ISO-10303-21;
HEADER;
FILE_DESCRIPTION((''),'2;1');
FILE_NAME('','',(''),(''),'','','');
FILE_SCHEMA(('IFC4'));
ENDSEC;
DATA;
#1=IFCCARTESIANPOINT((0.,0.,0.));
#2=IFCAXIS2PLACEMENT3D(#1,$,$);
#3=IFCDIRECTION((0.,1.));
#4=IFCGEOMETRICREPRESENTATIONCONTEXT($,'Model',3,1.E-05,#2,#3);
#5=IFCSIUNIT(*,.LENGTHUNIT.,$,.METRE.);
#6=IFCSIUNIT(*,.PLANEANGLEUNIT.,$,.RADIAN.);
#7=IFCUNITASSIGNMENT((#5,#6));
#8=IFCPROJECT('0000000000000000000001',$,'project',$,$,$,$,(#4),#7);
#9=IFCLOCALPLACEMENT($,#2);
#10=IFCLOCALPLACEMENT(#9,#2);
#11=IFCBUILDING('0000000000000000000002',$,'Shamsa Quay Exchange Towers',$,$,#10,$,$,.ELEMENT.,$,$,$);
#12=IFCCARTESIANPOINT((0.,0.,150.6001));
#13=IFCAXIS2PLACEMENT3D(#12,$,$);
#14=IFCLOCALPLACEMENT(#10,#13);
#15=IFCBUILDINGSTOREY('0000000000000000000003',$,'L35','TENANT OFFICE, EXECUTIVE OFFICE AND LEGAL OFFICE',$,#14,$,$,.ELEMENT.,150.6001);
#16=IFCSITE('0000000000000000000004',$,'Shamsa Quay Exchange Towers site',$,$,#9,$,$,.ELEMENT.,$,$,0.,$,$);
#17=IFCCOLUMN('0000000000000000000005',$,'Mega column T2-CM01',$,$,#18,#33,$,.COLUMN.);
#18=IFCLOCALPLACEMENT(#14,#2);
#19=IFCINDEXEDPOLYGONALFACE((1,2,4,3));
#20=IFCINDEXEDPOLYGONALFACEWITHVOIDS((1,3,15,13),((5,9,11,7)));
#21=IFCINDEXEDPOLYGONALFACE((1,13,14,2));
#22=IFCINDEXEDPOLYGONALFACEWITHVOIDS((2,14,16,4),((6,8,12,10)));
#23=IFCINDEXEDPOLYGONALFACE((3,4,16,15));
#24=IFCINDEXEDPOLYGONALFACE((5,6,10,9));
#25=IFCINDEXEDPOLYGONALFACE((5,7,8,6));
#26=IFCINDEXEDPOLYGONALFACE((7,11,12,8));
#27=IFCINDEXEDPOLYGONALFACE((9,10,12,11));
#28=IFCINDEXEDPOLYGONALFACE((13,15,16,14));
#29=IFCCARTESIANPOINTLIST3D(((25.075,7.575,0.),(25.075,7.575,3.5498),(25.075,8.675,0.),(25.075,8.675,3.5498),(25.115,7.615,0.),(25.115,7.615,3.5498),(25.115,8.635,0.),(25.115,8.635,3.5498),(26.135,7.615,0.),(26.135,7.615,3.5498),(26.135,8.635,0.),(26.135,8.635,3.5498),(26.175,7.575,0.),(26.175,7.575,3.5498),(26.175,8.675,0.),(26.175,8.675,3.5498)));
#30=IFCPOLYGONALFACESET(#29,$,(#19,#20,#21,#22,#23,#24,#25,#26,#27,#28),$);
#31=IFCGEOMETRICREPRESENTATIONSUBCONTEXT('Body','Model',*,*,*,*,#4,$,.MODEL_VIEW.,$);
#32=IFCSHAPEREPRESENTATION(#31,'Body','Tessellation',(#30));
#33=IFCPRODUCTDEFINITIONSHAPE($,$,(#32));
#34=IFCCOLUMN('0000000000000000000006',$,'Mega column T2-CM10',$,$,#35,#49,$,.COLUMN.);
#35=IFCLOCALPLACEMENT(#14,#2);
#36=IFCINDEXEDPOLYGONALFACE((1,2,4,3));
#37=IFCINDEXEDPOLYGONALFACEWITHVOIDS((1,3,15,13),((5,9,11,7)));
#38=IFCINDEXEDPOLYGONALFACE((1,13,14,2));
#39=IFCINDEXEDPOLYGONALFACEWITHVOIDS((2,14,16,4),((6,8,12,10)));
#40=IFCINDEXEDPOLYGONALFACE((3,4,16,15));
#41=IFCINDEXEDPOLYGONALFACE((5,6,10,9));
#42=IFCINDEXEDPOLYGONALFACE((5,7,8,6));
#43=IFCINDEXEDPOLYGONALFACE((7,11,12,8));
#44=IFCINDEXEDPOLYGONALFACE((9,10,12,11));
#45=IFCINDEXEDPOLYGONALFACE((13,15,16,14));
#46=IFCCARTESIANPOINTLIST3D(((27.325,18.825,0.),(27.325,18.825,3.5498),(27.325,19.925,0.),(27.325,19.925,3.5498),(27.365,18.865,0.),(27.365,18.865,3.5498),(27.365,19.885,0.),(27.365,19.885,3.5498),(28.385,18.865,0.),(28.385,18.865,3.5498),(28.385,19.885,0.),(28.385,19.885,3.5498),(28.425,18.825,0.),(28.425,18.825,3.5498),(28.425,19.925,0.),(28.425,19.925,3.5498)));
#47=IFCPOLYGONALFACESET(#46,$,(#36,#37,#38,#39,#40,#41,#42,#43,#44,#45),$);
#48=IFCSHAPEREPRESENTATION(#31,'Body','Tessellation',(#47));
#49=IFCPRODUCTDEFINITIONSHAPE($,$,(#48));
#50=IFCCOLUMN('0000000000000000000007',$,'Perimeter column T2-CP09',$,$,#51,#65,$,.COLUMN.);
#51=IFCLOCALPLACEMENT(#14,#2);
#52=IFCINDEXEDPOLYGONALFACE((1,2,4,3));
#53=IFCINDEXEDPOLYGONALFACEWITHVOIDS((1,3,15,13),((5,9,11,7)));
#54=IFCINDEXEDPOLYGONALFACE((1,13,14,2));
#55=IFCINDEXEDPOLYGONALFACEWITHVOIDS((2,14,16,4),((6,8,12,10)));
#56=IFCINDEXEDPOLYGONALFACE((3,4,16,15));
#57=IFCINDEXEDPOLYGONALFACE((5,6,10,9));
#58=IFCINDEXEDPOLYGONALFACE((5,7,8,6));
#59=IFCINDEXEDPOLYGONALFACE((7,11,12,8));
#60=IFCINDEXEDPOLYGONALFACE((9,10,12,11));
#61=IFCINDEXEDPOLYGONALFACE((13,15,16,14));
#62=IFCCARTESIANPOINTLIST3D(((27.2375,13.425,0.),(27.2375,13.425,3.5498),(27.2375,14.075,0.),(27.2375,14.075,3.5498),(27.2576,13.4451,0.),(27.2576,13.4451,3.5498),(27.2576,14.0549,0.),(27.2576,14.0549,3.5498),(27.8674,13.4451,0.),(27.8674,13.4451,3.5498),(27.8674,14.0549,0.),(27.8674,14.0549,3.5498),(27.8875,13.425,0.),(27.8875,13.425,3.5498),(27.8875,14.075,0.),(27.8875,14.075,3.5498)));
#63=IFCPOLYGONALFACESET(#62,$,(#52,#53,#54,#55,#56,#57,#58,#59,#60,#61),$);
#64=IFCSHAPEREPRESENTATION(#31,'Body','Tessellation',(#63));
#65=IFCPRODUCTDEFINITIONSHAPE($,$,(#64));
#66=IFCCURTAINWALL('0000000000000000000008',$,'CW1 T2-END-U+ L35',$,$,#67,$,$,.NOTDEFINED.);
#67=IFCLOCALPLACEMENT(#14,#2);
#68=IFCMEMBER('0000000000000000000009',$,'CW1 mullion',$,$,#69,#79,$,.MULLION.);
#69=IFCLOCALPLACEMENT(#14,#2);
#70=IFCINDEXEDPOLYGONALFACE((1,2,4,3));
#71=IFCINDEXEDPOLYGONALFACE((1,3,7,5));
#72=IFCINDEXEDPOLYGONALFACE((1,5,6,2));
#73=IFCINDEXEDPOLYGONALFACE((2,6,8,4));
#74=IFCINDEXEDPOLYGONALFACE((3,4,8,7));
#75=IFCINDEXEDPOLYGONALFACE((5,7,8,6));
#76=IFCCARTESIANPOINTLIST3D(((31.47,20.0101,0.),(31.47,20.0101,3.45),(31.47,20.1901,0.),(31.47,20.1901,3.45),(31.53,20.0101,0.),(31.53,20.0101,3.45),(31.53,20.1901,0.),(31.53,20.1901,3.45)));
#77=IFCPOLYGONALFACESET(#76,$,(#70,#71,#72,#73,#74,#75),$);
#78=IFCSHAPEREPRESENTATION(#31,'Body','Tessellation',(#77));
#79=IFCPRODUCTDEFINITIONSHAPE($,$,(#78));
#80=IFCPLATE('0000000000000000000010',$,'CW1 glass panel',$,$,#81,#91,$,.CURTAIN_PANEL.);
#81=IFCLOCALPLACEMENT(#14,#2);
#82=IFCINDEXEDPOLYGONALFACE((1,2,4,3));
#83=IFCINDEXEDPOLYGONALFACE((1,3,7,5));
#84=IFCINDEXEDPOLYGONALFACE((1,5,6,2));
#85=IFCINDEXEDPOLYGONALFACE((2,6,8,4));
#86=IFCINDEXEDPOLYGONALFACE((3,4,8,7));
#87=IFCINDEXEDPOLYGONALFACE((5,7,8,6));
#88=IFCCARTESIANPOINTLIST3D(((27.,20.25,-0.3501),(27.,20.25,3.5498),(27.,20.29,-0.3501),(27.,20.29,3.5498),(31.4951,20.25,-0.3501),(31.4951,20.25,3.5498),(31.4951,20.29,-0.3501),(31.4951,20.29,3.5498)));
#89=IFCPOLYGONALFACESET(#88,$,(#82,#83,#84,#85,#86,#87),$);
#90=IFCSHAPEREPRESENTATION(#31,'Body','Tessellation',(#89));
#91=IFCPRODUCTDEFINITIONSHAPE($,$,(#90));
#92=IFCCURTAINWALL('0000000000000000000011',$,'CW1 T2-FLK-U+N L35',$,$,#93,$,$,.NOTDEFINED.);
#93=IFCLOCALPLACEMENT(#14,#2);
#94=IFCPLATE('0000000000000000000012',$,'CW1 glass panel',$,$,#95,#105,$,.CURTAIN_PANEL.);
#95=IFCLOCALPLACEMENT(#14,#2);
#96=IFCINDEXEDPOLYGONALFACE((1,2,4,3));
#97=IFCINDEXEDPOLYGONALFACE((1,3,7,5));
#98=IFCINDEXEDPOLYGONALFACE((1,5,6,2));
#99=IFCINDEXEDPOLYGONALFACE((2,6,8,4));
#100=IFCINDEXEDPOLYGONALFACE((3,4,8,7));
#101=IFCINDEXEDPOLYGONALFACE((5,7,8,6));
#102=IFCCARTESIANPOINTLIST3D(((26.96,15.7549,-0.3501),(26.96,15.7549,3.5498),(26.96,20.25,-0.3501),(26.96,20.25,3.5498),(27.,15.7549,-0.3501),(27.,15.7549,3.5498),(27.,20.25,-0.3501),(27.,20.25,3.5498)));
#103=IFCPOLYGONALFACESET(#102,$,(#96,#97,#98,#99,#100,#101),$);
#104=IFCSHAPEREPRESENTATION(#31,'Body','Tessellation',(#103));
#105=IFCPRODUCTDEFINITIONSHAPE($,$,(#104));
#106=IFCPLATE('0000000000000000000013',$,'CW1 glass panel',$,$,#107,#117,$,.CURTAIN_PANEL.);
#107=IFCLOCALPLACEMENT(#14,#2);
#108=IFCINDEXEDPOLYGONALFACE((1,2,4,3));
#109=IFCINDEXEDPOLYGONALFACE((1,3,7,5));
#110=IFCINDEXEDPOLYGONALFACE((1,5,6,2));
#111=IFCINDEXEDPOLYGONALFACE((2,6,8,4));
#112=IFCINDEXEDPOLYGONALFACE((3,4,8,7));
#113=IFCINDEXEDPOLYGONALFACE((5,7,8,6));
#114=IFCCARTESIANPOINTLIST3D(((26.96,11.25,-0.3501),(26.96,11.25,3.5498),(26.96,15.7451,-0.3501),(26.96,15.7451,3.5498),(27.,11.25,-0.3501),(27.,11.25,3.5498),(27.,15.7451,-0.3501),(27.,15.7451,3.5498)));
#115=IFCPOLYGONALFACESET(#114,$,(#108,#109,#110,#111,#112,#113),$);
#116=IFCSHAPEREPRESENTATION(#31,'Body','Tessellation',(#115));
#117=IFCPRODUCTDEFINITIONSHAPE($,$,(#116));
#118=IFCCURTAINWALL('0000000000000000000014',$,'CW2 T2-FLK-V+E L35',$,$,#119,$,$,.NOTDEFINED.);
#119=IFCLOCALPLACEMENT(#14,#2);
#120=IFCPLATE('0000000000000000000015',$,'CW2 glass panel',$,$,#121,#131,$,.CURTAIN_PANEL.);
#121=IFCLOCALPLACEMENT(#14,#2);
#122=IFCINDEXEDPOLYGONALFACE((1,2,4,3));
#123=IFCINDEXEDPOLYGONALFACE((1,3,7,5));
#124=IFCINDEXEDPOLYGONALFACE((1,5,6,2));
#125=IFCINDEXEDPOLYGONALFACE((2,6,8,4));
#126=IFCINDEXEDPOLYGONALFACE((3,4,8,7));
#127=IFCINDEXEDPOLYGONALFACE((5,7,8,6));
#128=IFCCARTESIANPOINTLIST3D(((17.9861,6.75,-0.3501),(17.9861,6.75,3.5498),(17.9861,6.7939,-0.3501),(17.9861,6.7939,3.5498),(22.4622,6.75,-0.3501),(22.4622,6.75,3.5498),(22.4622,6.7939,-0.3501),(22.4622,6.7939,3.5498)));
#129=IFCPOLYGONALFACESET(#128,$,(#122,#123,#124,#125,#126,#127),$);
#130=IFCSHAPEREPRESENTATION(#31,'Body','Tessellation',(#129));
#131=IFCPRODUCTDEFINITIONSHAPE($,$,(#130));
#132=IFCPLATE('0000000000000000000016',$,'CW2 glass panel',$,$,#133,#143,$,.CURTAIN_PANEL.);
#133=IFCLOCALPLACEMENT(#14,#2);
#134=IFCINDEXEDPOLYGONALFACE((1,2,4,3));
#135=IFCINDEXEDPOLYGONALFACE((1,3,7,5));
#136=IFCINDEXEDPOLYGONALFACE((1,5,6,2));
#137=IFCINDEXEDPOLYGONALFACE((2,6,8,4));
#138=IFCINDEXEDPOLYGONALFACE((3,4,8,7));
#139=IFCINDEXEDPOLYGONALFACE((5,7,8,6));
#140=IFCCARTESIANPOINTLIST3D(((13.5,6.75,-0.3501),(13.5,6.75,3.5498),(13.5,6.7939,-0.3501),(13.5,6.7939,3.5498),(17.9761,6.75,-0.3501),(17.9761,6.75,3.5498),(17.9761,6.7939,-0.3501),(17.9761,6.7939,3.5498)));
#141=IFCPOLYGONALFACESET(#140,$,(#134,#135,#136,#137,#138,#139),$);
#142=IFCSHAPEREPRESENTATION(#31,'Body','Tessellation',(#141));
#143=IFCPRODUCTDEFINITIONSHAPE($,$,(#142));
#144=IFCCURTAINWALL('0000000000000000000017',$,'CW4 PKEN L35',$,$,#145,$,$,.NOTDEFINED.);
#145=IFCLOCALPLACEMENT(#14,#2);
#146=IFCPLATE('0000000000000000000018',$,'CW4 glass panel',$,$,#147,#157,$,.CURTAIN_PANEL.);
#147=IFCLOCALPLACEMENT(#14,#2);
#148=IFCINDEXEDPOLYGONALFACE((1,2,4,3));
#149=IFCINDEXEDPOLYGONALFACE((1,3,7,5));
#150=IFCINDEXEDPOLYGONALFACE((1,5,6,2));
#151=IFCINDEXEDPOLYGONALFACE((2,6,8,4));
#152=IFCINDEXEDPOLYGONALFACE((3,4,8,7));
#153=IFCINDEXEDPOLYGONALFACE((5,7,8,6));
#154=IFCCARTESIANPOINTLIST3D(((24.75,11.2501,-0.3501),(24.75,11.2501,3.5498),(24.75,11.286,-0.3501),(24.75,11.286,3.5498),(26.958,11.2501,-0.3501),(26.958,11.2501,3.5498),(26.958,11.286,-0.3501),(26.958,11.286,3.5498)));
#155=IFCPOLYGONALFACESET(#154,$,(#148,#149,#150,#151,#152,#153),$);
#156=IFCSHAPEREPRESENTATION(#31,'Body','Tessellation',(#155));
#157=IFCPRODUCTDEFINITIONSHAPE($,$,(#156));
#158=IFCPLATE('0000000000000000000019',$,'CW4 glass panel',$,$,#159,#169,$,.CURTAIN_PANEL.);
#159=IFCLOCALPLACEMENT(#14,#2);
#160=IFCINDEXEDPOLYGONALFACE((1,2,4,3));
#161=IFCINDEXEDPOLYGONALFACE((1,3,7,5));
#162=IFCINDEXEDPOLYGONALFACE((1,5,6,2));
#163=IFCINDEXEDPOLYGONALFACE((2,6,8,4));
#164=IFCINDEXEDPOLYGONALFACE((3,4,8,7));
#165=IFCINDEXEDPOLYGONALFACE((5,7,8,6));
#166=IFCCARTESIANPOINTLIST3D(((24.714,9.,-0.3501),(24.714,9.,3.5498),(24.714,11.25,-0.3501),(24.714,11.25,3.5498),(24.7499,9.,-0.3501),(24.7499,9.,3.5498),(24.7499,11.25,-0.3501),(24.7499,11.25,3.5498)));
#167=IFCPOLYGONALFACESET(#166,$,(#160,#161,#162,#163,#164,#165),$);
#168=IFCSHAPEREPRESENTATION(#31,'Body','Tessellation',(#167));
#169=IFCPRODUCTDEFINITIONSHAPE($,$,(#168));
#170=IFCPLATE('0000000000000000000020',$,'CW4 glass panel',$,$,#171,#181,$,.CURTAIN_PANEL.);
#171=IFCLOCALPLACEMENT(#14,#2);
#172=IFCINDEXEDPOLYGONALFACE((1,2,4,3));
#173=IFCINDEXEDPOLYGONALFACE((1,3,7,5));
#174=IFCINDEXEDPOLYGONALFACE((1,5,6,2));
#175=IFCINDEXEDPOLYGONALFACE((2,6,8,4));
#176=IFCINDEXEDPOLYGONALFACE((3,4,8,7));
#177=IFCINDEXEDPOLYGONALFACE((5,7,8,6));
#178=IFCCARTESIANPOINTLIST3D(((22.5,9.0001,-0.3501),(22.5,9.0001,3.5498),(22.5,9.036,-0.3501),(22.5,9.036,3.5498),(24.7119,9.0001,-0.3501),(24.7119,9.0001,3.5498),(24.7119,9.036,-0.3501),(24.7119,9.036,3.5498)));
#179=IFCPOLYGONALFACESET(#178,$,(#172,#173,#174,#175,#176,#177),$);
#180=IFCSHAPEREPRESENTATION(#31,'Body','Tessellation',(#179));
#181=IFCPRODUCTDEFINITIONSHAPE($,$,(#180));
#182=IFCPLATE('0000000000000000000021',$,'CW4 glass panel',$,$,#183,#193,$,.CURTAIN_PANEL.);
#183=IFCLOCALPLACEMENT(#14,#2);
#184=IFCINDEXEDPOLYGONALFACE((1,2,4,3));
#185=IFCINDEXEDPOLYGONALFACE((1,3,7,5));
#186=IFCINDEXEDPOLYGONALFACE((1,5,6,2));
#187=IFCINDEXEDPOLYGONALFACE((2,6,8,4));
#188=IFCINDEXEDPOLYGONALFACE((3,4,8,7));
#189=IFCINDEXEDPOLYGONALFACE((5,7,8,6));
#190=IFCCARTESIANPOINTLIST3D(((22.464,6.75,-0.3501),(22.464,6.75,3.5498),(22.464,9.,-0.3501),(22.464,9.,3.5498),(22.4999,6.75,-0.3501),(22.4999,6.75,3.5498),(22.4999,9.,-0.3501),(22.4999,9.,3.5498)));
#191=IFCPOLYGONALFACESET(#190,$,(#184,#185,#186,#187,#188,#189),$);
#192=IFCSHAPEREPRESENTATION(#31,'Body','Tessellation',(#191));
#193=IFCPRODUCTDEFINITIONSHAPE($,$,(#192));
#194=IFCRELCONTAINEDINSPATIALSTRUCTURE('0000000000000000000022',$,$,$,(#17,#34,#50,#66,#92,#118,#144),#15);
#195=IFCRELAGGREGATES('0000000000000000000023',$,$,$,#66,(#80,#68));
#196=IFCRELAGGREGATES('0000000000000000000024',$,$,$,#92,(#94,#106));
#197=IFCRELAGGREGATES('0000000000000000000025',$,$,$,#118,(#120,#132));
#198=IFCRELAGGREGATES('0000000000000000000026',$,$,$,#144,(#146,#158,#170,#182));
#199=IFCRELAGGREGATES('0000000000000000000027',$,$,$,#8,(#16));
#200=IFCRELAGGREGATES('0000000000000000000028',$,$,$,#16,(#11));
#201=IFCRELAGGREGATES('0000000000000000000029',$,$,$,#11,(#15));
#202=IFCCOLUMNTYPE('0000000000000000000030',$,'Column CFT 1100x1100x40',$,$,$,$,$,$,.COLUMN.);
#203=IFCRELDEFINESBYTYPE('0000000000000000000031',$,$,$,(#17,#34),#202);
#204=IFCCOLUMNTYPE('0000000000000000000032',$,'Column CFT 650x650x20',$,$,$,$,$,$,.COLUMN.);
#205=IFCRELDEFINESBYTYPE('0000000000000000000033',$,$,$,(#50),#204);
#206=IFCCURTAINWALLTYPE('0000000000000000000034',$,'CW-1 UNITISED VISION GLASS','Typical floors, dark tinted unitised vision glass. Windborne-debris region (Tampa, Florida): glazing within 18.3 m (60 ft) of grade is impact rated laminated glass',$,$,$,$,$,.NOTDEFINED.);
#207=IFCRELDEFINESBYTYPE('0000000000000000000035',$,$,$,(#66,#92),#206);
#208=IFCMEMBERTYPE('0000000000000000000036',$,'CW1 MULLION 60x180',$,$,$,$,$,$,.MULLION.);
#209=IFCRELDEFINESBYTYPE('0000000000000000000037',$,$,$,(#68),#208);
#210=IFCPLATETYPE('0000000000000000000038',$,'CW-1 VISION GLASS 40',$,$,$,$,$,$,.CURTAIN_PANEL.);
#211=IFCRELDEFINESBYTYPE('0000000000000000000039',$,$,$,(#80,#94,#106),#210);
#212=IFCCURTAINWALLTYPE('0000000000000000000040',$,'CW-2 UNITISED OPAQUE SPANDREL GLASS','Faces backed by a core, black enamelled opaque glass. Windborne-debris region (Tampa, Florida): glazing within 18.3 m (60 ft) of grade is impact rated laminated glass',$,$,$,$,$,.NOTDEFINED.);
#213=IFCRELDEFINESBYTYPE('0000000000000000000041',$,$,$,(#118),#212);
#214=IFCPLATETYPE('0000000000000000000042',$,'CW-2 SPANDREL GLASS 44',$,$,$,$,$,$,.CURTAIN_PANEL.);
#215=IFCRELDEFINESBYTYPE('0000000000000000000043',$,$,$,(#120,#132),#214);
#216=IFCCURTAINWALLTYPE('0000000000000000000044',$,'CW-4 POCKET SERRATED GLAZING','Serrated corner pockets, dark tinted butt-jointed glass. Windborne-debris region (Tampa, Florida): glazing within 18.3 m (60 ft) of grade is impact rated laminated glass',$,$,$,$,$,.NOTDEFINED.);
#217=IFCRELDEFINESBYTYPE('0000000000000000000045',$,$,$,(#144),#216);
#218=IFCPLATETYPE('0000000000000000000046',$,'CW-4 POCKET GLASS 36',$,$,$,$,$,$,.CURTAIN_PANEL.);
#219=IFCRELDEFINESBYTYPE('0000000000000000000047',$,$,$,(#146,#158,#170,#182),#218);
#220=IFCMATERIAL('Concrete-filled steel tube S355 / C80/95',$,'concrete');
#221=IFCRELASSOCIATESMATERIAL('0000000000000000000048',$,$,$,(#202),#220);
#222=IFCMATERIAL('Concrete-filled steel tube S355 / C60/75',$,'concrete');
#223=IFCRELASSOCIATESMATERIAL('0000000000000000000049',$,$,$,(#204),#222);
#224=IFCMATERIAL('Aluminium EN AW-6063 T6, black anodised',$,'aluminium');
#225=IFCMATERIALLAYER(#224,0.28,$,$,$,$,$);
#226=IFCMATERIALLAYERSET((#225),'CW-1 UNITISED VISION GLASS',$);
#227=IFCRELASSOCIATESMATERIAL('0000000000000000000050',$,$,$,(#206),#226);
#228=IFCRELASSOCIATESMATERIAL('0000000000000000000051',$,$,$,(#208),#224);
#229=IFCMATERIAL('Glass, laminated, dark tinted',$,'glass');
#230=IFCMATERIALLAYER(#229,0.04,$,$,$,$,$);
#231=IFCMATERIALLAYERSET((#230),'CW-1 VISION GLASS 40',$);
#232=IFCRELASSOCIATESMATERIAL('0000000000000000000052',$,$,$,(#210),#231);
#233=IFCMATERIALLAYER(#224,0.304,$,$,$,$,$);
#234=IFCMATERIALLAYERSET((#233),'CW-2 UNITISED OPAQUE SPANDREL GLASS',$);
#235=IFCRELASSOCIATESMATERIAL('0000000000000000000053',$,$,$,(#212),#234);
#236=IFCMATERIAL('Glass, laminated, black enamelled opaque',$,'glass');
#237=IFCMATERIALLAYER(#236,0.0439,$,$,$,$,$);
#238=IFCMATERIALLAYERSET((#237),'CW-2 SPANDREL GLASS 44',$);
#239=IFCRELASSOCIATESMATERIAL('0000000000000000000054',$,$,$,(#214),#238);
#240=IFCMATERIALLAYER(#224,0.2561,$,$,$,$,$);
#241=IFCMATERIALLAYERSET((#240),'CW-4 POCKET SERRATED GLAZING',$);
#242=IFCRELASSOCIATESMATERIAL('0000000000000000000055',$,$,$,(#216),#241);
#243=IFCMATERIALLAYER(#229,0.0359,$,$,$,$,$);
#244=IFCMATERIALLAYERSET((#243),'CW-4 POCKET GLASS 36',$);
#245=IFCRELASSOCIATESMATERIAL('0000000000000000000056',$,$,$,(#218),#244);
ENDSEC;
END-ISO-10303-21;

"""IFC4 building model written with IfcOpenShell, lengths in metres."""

from ifc_helpers import new_model, si_unit, direction, frame, origin, origin_2d, place, context, subcontext, project, spatial, rectangle, hollow_rectangle, extrude, material, layer, layer_set, material_profile, profile_set, type_object, element, aggregate, save


model = new_model("IFC4")

# Units and contexts
model_context = context("Model", 3, precision=1e-05, world=origin(), true_north=direction((0.0, 1.0)))
body_context = subcontext(model_context, "Body", "Model", "MODEL_VIEW")
ifc_project = project(units=[si_unit("LENGTHUNIT", "METRE"), si_unit("PLANEANGLEUNIT", "RADIAN")], contexts=[model_context])

# Site, building, storey
site_placement = place(None, origin())
site = spatial("IfcSite", under=ifc_project, at=site_placement, Name="Shamsa Quay Exchange Towers site", CompositionType="ELEMENT", RefElevation=0.0)
building_placement = place(site_placement, origin())
building = spatial("IfcBuilding", under=site, at=building_placement, Name="Shamsa Quay Exchange Towers", CompositionType="ELEMENT")
storey_placement = place(building_placement, frame((0.0, 0.0, 150.6001)))
storey = spatial("IfcBuildingStorey", under=building, at=storey_placement, Name="L35", Description="TENANT OFFICE, EXECUTIVE OFFICE AND LEGAL OFFICE", CompositionType="ELEMENT", Elevation=150.6001)

# Columns
ifc_material_1 = material(Name="Concrete-filled steel tube S355 / C80/95", Category="concrete")
ifc_material_profile_1 = material_profile(ifc_material_1, hollow_rectangle(XDim=1.1001, YDim=1.1001, WallThickness=0.04, at=origin_2d()), Name="CFT 1100x1100x40")
ifc_profile_set_1 = profile_set([ifc_material_profile_1], Name="Concrete-filled steel tube S355 / C80/95")
column_type_1 = type_object("IfcColumnType", Name="Column CFT 1100x1100x40", PredefinedType="COLUMN", material=ifc_profile_set_1)
for number, where, name in (
    (1, (25.625, 8.125, 0.0), "Mega column T2-CM01"),
    (2, (27.875, 19.375, 0.0), "Mega column T2-CM10"),
):
    element("IfcColumn", number, at=place(storey_placement, frame(where)), inside=storey, type_object=column_type_1, Name=name, PredefinedType="COLUMN", context=body_context, shape_type="SweptSolid", body=[
        extrude(hollow_rectangle(XDim=1.1001, YDim=1.1001, WallThickness=0.04, at=origin_2d()), origin(), (0.0, 0.0, 1.0), 3.5498),
    ])
ifc_material_2 = material(Name="Concrete-filled steel tube S355 / C60/75", Category="concrete")
ifc_material_profile_2 = material_profile(ifc_material_2, hollow_rectangle(XDim=0.6499, YDim=0.6499, WallThickness=0.02, at=origin_2d()), Name="CFT 650x650x20")
ifc_profile_set_2 = profile_set([ifc_material_profile_2], Name="Concrete-filled steel tube S355 / C60/75")
column_type_2 = type_object("IfcColumnType", Name="Column CFT 650x650x20", PredefinedType="COLUMN", material=ifc_profile_set_2)
column_placement = place(storey_placement, frame((27.5625, 13.75, 0.0)))
element("IfcColumn", 3, at=column_placement, inside=storey, type_object=column_type_2, Name="Perimeter column T2-CP09", PredefinedType="COLUMN", context=body_context, shape_type="SweptSolid", body=[
    extrude(hollow_rectangle(XDim=0.6499, YDim=0.6499, WallThickness=0.02, at=origin_2d()), origin(), (0.0, 0.0, 1.0), 3.5498),
])

# Curtain wall, member, plate
ifc_material_3 = material(Name="Aluminium EN AW-6063 T6, black anodised", Category="aluminium")
ifc_layer_1 = layer(ifc_material_3, 0.28)
ifc_layer_set_1 = layer_set([ifc_layer_1], Name="CW-1 UNITISED VISION GLASS")
curtain_wall_type_1 = type_object("IfcCurtainWallType", Name="CW-1 UNITISED VISION GLASS", Description="Typical floors, dark tinted unitised vision glass. Windborne-debris region (Tampa, Florida): glazing within 18.3 m (60 ft) of grade is impact rated laminated glass", PredefinedType="NOTDEFINED", material=ifc_layer_set_1)
curtain_wall_1_placement = place(storey_placement, origin())
curtain_wall_1 = element("IfcCurtainWall", 4, at=curtain_wall_1_placement, inside=storey, type_object=curtain_wall_type_1, Name="CW1 T2-END-U+ L35", PredefinedType="NOTDEFINED")
ifc_material_profile_3 = material_profile(ifc_material_3, rectangle(XDim=0.1799, YDim=0.0601, at=origin_2d()), Name="MU60x180")
ifc_profile_set_3 = profile_set([ifc_material_profile_3], Name="Aluminium EN AW-6063 T6, black anodised")
member_type = type_object("IfcMemberType", Name="CW1 MULLION 60x180", PredefinedType="MULLION", material=ifc_profile_set_3)
member_placement = place(storey_placement, frame((31.5, 20.1001, 0.0), z_axis=(0.0, 0.0, 1.0), x_axis=(0.0, -1.0, 0.0)))
member = element("IfcMember", 5, at=member_placement, type_object=member_type, Name="CW1 mullion", PredefinedType="MULLION", context=body_context, shape_type="SweptSolid", body=[
    extrude(rectangle(XDim=0.1799, YDim=0.0601, at=origin_2d()), origin(), (0.0, 0.0, 1.0), 3.45),
])
ifc_material_4 = material(Name="Glass, laminated, dark tinted", Category="glass")
ifc_layer_2 = layer(ifc_material_4, 0.04)
ifc_layer_set_2 = layer_set([ifc_layer_2], Name="CW-1 VISION GLASS 40")
plate_type_1 = type_object("IfcPlateType", Name="CW-1 VISION GLASS 40", PredefinedType="CURTAIN_PANEL", material=ifc_layer_set_2)
plate_1_placement = place(storey_placement, frame((29.2476, 20.27, -0.3501), z_axis=(0.0, 0.0, 1.0), x_axis=(-1.0, 0.0, 0.0)))
plate_1 = element("IfcPlate", 6, at=plate_1_placement, type_object=plate_type_1, Name="CW1 glass panel", PredefinedType="CURTAIN_PANEL", context=body_context, shape_type="SweptSolid", body=[
    extrude(rectangle(XDim=4.4951, YDim=0.04, at=origin_2d()), origin(), (0.0, 0.0, 1.0), 3.8999),
])
aggregate(curtain_wall_1, [plate_1, member])

# Curtain walls, plates
curtain_wall_2_placement = place(storey_placement, origin())
curtain_wall_2 = element("IfcCurtainWall", 7, at=curtain_wall_2_placement, inside=storey, type_object=curtain_wall_type_1, Name="CW1 T2-FLK-U+N L35", PredefinedType="NOTDEFINED")
plate_2_placement = place(storey_placement, frame((26.98, 18.0024, -0.3501), z_axis=(0.0, 0.0, 1.0), x_axis=(0.0, -1.0, 0.0)))
plate_2 = element("IfcPlate", 8, at=plate_2_placement, type_object=plate_type_1, Name="CW1 glass panel", PredefinedType="CURTAIN_PANEL", context=body_context, shape_type="SweptSolid", body=[
    extrude(rectangle(XDim=4.4951, YDim=0.04, at=origin_2d()), origin(), (0.0, 0.0, 1.0), 3.8999),
])
plate_3_placement = place(storey_placement, frame((26.98, 13.4976, -0.3501), z_axis=(0.0, 0.0, 1.0), x_axis=(0.0, -1.0, 0.0)))
plate_3 = element("IfcPlate", 9, at=plate_3_placement, type_object=plate_type_1, Name="CW1 glass panel", PredefinedType="CURTAIN_PANEL", context=body_context, shape_type="SweptSolid", body=[
    extrude(rectangle(XDim=4.4951, YDim=0.04, at=origin_2d()), origin(), (0.0, 0.0, 1.0), 3.8999),
])
aggregate(curtain_wall_2, [plate_2, plate_3])
ifc_layer_3 = layer(ifc_material_3, 0.304)
ifc_layer_set_3 = layer_set([ifc_layer_3], Name="CW-2 UNITISED OPAQUE SPANDREL GLASS")
curtain_wall_type_2 = type_object("IfcCurtainWallType", Name="CW-2 UNITISED OPAQUE SPANDREL GLASS", Description="Faces backed by a core, black enamelled opaque glass. Windborne-debris region (Tampa, Florida): glazing within 18.3 m (60 ft) of grade is impact rated laminated glass", PredefinedType="NOTDEFINED", material=ifc_layer_set_3)
curtain_wall_3_placement = place(storey_placement, origin())
curtain_wall_3 = element("IfcCurtainWall", 10, at=curtain_wall_3_placement, inside=storey, type_object=curtain_wall_type_2, Name="CW2 T2-FLK-V+E L35", PredefinedType="NOTDEFINED")
ifc_material_5 = material(Name="Glass, laminated, black enamelled opaque", Category="glass")
ifc_layer_4 = layer(ifc_material_5, 0.0439)
ifc_layer_set_4 = layer_set([ifc_layer_4], Name="CW-2 SPANDREL GLASS 44")
plate_type_2 = type_object("IfcPlateType", Name="CW-2 SPANDREL GLASS 44", PredefinedType="CURTAIN_PANEL", material=ifc_layer_set_4)
plate_4_placement = place(storey_placement, frame((20.2241, 6.772, -0.3501), z_axis=(0.0, 0.0, 1.0), x_axis=(-1.0, 0.0, 0.0)))
plate_4 = element("IfcPlate", 11, at=plate_4_placement, type_object=plate_type_2, Name="CW2 glass panel", PredefinedType="CURTAIN_PANEL", context=body_context, shape_type="SweptSolid", body=[
    extrude(rectangle(XDim=4.4761, YDim=0.0439, at=origin_2d()), origin(), (0.0, 0.0, 1.0), 3.8999),
])
plate_5_placement = place(storey_placement, frame((15.738, 6.772, -0.3501), z_axis=(0.0, 0.0, 1.0), x_axis=(-1.0, 0.0, 0.0)))
plate_5 = element("IfcPlate", 12, at=plate_5_placement, type_object=plate_type_2, Name="CW2 glass panel", PredefinedType="CURTAIN_PANEL", context=body_context, shape_type="SweptSolid", body=[
    extrude(rectangle(XDim=4.4761, YDim=0.0439, at=origin_2d()), origin(), (0.0, 0.0, 1.0), 3.8999),
])
aggregate(curtain_wall_3, [plate_4, plate_5])
ifc_layer_5 = layer(ifc_material_3, 0.2561)
ifc_layer_set_5 = layer_set([ifc_layer_5], Name="CW-4 POCKET SERRATED GLAZING")
curtain_wall_type_3 = type_object("IfcCurtainWallType", Name="CW-4 POCKET SERRATED GLAZING", Description="Serrated corner pockets, dark tinted butt-jointed glass. Windborne-debris region (Tampa, Florida): glazing within 18.3 m (60 ft) of grade is impact rated laminated glass", PredefinedType="NOTDEFINED", material=ifc_layer_set_5)
curtain_wall_4_placement = place(storey_placement, origin())
curtain_wall_4 = element("IfcCurtainWall", 13, at=curtain_wall_4_placement, inside=storey, type_object=curtain_wall_type_3, Name="CW4 PKEN L35", PredefinedType="NOTDEFINED")
ifc_layer_6 = layer(ifc_material_4, 0.0359)
ifc_layer_set_6 = layer_set([ifc_layer_6], Name="CW-4 POCKET GLASS 36")
plate_type_3 = type_object("IfcPlateType", Name="CW-4 POCKET GLASS 36", PredefinedType="CURTAIN_PANEL", material=ifc_layer_set_6)
plate_6_placement = place(storey_placement, frame((25.854, 11.2681, -0.3501), z_axis=(0.0, 0.0, 1.0), x_axis=(-1.0, 0.0, 0.0)))
plate_6 = element("IfcPlate", 14, at=plate_6_placement, type_object=plate_type_3, Name="CW4 glass panel", PredefinedType="CURTAIN_PANEL", context=body_context, shape_type="SweptSolid", body=[
    extrude(rectangle(XDim=2.208, YDim=0.0359, at=origin_2d()), origin(), (0.0, 0.0, 1.0), 3.8999),
])
plate_7_placement = place(storey_placement, frame((24.7319, 10.125, -0.3501), z_axis=(0.0, 0.0, 1.0), x_axis=(0.0, -1.0, 0.0)))
plate_7 = element("IfcPlate", 15, at=plate_7_placement, type_object=plate_type_3, Name="CW4 glass panel", PredefinedType="CURTAIN_PANEL", context=body_context, shape_type="SweptSolid", body=[
    extrude(rectangle(XDim=2.25, YDim=0.0359, at=origin_2d()), origin(), (0.0, 0.0, 1.0), 3.8999),
])
plate_8_placement = place(storey_placement, frame((23.606, 9.0181, -0.3501), z_axis=(0.0, 0.0, 1.0), x_axis=(-1.0, 0.0, 0.0)))
plate_8 = element("IfcPlate", 16, at=plate_8_placement, type_object=plate_type_3, Name="CW4 glass panel", PredefinedType="CURTAIN_PANEL", context=body_context, shape_type="SweptSolid", body=[
    extrude(rectangle(XDim=2.2119, YDim=0.0359, at=origin_2d()), origin(), (0.0, 0.0, 1.0), 3.8999),
])
plate_9_placement = place(storey_placement, frame((22.4819, 7.875, -0.3501), z_axis=(0.0, 0.0, 1.0), x_axis=(0.0, -1.0, 0.0)))
plate_9 = element("IfcPlate", 17, at=plate_9_placement, type_object=plate_type_3, Name="CW4 glass panel", PredefinedType="CURTAIN_PANEL", context=body_context, shape_type="SweptSolid", body=[
    extrude(rectangle(XDim=2.25, YDim=0.0359, at=origin_2d()), origin(), (0.0, 0.0, 1.0), 3.8999),
])
aggregate(curtain_wall_4, [plate_6, plate_7, plate_8, plate_9])

save(model, "model.ifc")
